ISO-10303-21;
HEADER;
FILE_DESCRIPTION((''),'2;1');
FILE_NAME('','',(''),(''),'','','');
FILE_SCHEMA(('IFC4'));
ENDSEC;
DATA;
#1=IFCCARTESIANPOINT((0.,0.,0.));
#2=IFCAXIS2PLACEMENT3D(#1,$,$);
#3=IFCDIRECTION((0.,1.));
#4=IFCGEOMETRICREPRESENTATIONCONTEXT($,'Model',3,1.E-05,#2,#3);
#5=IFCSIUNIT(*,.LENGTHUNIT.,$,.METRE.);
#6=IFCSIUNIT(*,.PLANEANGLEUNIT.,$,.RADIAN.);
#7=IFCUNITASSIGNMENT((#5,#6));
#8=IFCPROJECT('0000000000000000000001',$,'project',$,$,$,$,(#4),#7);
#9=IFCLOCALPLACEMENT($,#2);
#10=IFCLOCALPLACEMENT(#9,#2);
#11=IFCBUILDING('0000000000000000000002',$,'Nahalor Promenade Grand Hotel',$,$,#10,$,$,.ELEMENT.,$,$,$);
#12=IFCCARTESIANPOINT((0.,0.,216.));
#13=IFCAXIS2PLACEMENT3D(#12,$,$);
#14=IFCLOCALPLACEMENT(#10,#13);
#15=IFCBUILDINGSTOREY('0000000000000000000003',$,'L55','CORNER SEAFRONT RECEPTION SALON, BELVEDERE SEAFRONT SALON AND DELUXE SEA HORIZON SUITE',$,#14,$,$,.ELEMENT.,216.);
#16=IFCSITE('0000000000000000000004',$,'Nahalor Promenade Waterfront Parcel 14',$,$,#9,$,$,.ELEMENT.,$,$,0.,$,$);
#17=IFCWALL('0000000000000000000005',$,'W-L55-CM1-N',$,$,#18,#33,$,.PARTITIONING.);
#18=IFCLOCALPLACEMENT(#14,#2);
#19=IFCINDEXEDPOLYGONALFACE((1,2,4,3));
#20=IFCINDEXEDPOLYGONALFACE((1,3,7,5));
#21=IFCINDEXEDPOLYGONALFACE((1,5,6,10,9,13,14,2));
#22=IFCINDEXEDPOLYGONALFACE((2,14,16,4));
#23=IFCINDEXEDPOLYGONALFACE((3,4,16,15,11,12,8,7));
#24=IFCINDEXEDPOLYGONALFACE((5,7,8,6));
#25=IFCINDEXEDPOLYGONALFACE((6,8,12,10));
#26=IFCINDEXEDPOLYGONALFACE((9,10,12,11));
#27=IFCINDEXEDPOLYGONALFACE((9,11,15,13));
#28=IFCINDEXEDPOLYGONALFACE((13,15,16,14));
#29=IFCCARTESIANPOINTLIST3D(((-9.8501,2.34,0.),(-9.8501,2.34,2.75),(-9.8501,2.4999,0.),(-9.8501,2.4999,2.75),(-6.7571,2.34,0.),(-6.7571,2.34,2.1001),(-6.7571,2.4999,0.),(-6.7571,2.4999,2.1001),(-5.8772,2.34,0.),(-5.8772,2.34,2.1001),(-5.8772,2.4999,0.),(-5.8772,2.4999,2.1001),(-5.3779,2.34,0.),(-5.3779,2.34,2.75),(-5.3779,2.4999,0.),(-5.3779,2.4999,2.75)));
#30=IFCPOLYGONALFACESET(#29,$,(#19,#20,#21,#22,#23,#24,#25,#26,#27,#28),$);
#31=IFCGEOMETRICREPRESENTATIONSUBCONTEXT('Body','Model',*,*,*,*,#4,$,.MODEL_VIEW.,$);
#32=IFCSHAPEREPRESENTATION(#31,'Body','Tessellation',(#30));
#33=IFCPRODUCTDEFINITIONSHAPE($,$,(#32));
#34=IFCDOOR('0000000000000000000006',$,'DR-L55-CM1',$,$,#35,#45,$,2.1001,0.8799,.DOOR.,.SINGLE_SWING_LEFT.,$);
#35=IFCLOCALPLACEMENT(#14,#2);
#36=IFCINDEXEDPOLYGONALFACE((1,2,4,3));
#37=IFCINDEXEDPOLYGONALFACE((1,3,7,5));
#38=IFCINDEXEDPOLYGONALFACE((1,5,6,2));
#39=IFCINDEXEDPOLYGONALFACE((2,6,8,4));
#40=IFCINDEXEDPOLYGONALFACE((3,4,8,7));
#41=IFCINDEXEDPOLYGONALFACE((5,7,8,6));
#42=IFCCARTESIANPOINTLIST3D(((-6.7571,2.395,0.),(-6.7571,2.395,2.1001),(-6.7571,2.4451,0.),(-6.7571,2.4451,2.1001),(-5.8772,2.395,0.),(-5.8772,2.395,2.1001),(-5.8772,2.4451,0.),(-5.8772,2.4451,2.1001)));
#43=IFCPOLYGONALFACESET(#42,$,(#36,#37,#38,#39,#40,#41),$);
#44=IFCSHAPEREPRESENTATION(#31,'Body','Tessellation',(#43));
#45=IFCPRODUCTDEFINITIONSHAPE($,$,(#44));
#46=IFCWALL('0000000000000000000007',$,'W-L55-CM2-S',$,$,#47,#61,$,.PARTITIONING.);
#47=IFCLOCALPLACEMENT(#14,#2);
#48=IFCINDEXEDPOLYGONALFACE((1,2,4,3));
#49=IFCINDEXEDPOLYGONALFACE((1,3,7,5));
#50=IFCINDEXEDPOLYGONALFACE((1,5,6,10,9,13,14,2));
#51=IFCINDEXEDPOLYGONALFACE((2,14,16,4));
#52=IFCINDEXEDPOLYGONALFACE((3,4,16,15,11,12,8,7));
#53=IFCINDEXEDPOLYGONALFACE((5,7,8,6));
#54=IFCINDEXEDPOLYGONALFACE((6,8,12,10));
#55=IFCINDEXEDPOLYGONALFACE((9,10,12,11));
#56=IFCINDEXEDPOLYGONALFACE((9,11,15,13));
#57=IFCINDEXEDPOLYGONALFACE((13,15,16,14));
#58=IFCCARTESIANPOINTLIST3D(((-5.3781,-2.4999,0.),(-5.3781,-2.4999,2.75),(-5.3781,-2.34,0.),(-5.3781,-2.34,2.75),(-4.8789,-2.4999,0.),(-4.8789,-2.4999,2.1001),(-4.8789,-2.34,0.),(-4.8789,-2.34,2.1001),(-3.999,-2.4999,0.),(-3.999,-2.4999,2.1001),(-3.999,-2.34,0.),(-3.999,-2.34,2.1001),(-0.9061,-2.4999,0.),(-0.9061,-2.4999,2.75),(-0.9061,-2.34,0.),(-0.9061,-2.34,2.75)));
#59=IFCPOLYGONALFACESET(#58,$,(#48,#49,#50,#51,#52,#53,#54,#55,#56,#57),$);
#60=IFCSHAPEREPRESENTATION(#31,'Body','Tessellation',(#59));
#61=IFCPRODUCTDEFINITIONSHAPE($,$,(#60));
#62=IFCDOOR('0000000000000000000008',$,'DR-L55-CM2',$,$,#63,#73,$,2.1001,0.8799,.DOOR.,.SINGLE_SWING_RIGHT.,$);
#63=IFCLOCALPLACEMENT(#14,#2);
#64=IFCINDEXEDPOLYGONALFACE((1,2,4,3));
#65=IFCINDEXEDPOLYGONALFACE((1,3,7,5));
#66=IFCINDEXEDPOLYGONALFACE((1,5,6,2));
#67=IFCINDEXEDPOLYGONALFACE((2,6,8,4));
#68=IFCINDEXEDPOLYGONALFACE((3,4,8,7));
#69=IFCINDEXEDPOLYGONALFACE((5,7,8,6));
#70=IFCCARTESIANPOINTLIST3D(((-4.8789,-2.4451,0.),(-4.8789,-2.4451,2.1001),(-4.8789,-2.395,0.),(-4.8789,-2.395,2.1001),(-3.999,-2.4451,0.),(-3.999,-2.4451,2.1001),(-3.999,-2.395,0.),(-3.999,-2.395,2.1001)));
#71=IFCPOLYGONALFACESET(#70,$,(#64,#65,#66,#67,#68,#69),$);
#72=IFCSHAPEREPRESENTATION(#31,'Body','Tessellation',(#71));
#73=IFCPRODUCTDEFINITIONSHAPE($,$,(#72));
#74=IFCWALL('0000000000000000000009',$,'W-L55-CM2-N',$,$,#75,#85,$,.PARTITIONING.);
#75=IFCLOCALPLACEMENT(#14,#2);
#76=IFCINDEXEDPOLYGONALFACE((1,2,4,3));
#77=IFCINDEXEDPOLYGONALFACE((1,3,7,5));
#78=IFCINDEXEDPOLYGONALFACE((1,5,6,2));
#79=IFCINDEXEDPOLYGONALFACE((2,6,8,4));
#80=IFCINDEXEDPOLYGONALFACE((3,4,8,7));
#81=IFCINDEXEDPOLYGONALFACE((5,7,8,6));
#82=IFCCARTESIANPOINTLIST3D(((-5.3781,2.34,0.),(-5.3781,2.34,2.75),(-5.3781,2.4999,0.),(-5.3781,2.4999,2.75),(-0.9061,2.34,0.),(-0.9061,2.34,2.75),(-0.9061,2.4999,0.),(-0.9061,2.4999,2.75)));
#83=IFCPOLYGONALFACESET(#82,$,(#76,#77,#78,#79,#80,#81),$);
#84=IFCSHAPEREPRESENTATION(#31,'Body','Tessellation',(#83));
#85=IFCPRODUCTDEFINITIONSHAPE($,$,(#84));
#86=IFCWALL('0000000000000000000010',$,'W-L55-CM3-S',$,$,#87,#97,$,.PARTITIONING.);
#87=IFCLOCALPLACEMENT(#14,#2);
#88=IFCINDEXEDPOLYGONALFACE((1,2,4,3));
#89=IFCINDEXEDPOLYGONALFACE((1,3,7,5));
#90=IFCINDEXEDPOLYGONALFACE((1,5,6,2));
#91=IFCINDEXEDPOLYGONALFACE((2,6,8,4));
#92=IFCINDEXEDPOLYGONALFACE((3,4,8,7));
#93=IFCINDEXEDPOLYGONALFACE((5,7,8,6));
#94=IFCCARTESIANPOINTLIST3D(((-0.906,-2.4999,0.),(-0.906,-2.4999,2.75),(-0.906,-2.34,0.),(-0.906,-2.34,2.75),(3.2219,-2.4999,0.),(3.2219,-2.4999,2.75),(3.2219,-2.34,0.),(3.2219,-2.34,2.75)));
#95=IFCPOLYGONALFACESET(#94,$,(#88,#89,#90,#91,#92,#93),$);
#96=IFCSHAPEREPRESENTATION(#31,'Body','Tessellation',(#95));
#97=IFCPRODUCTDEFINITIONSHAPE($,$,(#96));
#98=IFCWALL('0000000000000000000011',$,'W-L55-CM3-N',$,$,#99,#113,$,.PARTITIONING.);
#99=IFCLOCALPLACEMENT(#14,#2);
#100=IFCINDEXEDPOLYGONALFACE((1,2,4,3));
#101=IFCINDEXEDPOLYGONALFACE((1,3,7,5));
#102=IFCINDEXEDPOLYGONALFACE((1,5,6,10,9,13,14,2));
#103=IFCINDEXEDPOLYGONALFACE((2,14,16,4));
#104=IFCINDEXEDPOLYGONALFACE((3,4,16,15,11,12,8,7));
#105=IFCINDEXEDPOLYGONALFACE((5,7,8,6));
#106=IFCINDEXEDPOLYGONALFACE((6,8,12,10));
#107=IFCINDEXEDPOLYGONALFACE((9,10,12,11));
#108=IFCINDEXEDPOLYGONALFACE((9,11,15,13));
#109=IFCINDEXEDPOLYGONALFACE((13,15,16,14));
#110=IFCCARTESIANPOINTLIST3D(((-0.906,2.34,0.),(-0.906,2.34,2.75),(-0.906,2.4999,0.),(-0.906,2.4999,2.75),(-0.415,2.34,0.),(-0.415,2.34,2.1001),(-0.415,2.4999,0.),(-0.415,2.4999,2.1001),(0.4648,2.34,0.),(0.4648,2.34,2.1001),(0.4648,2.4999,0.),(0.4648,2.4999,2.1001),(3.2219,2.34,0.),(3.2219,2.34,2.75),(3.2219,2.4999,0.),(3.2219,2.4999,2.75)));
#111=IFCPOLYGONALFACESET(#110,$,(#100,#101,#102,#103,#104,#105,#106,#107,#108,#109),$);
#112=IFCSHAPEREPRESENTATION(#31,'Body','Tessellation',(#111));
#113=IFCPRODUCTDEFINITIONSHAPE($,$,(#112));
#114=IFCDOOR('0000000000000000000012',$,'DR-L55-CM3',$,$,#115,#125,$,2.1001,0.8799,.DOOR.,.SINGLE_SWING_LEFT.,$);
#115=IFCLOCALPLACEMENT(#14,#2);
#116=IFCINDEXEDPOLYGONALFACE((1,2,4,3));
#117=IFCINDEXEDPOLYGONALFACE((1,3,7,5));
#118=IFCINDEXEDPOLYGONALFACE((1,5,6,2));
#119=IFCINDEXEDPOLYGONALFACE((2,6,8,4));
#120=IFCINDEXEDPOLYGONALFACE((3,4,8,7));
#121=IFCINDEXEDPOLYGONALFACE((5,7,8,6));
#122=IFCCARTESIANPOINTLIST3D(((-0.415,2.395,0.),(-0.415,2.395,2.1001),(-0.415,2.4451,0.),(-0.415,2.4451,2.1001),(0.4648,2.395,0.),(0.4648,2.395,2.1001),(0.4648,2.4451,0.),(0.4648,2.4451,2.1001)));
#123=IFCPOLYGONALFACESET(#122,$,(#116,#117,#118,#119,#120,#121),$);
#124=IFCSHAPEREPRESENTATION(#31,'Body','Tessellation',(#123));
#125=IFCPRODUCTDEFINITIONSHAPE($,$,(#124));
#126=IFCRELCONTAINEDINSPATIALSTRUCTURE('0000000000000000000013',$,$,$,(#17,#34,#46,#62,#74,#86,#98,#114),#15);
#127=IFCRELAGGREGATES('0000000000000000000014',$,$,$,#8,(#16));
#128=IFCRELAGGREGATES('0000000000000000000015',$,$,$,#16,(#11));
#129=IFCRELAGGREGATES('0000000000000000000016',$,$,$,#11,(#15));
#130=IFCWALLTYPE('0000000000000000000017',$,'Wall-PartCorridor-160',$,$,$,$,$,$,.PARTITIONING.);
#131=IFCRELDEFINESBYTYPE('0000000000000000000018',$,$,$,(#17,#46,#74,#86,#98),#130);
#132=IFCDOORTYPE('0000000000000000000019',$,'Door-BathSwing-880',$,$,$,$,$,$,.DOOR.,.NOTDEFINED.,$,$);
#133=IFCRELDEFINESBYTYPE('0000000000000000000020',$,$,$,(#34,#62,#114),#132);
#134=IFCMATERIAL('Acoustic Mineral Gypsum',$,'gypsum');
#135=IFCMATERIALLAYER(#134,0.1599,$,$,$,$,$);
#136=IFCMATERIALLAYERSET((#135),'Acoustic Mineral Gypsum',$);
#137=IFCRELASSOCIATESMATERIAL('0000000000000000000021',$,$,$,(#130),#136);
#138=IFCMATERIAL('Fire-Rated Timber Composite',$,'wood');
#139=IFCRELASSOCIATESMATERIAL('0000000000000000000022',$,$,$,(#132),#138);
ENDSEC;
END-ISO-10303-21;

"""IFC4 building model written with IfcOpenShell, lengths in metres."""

from ifc_helpers import new_model, si_unit, direction, frame, frame_2d, origin, place, context, subcontext, project, spatial, rectangle, extrude, source, transform, mapped, material, layer, layer_set, type_object, element, fill, save


model = new_model("IFC4")

# Units and contexts
model_context = context("Model", 3, precision=1e-05, world=origin(), true_north=direction((0.0, 1.0)))
body_context = subcontext(model_context, "Body", "Model", "MODEL_VIEW")
ifc_project = project(units=[si_unit("LENGTHUNIT", "METRE"), si_unit("PLANEANGLEUNIT", "RADIAN")], contexts=[model_context])

# Site, building, storey
site_placement = place(None, origin())
site = spatial("IfcSite", under=ifc_project, at=site_placement, Name="Nahalor Promenade Waterfront Parcel 14", CompositionType="ELEMENT", RefElevation=0.0)
building_placement = place(site_placement, origin())
building = spatial("IfcBuilding", under=site, at=building_placement, Name="Nahalor Promenade Grand Hotel", CompositionType="ELEMENT")
storey_placement = place(building_placement, frame((0.0, 0.0, 216.0)))
storey = spatial("IfcBuildingStorey", under=building, at=storey_placement, Name="L55", Description="CORNER SEAFRONT RECEPTION SALON, BELVEDERE SEAFRONT SALON AND DELUXE SEA HORIZON SUITE", CompositionType="ELEMENT", Elevation=216.0)

# Shared definitions
ifc_material_1 = material(Name="Acoustic Mineral Gypsum", Category="gypsum")
ifc_layer_1 = layer(ifc_material_1, 0.1599)
ifc_layer_set_1 = layer_set([ifc_layer_1], Name="Acoustic Mineral Gypsum")
wall_type_1 = type_object("IfcWallType", Name="Wall-PartCorridor-160", PredefinedType="PARTITIONING", material=ifc_layer_set_1)

# Shared definitions
ifc_material_2 = material(Name="Fire-Rated Timber Composite", Category="wood")

# Shared definitions
shared_shape_1 = source(origin(), body_context, "Body", "SweptSolid", [
    extrude(rectangle(XDim=4.4722, YDim=0.1599, at=frame_2d((2.2361, 0.0))), origin(), (0.0, 0.0, 1.0), 2.75),
])

# Walls, openings, doors
wall_1_placement = place(storey_placement, frame((-9.8501, 2.4199, 0.0), z_axis=(0.0, 0.0, 1.0), x_axis=(1.0, 0.0, 0.0)))
wall_1 = element("IfcWall", 1, at=wall_1_placement, inside=storey, type_object=wall_type_1, Name="W-L55-CM1-N", PredefinedType="PARTITIONING", context=body_context, shape_type="MappedRepresentation", body=[
    mapped(shared_shape_1, transform((0.0, 0.0, 0.0), scale=1.0)),
])
opening_1_placement = place(wall_1_placement, frame((3.093, 0.0, 0.0)))
opening_1 = element("IfcOpeningElement", 2, at=opening_1_placement, cuts=wall_1, PredefinedType="OPENING", context=body_context, shape_type="SweptSolid", body=[
    extrude(rectangle(XDim=0.8799, YDim=2.1001, at=frame_2d((0.4399, 1.05))), frame((0.0, 0.0898, 0.0), z_axis=(0.0, -1.0, 0.0), x_axis=(1.0, 0.0, 0.0)), (0.0, 0.0, 1.0), 0.1799),
])
door_type_1 = type_object("IfcDoorType", Name="Door-BathSwing-880", OperationType="NOTDEFINED", PredefinedType="DOOR", material=ifc_material_2)
shared_shape_2 = source(origin(), body_context, "Body", "SweptSolid", [
    extrude(rectangle(XDim=0.8799, YDim=2.1001, at=frame_2d((0.4399, 1.05))), frame((0.0, 0.0249, 0.0), z_axis=(0.0, -1.0, 0.0), x_axis=(1.0, 0.0, 0.0)), (0.0, 0.0, 1.0), 0.05),
])
door_1_placement = place(opening_1_placement, frame((0.8799, 0.0, 0.0), z_axis=(0.0, 0.0, 1.0), x_axis=(-1.0, 0.0, 0.0)))
door_1 = element("IfcDoor", 3, at=door_1_placement, inside=storey, type_object=door_type_1, Name="DR-L55-CM1", OperationType="SINGLE_SWING_LEFT", OverallHeight=2.1001, OverallWidth=0.8799, PredefinedType="DOOR", context=body_context, shape_type="MappedRepresentation", body=[
    mapped(shared_shape_2, transform((0.0, 0.0, 0.0), scale=1.0)),
])
fill(opening_1, door_1)
shared_shape_3 = source(origin(), body_context, "Body", "SweptSolid", [
    extrude(rectangle(XDim=4.4719, YDim=0.1599, at=frame_2d((2.2358, 0.0))), origin(), (0.0, 0.0, 1.0), 2.75),
])
wall_2_placement = place(storey_placement, frame((-5.3779, -2.4199, 0.0), z_axis=(0.0, 0.0, 1.0), x_axis=(1.0, 0.0, 0.0)))
wall_2 = element("IfcWall", 4, at=wall_2_placement, inside=storey, type_object=wall_type_1, Name="W-L55-CM2-S", PredefinedType="PARTITIONING", context=body_context, shape_type="MappedRepresentation", body=[
    mapped(shared_shape_3, transform((0.0, 0.0, 0.0), scale=1.0)),
])
opening_2_placement = place(wall_2_placement, frame((0.499, 0.0, 0.0)))
opening_2 = element("IfcOpeningElement", 5, at=opening_2_placement, cuts=wall_2, PredefinedType="OPENING", context=body_context, shape_type="SweptSolid", body=[
    extrude(rectangle(XDim=0.8799, YDim=2.1001, at=frame_2d((0.4399, 1.05))), frame((0.0, 0.0898, 0.0), z_axis=(0.0, -1.0, 0.0), x_axis=(1.0, 0.0, 0.0)), (0.0, 0.0, 1.0), 0.1799),
])
door_2_placement = place(opening_2_placement, origin())
door_2 = element("IfcDoor", 6, at=door_2_placement, inside=storey, type_object=door_type_1, Name="DR-L55-CM2", OperationType="SINGLE_SWING_RIGHT", OverallHeight=2.1001, OverallWidth=0.8799, PredefinedType="DOOR", context=body_context, shape_type="MappedRepresentation", body=[
    mapped(shared_shape_2, transform((0.0, 0.0, 0.0), scale=1.0)),
])
fill(opening_2, door_2)

# Walls
wall_3_placement = place(storey_placement, frame((-5.3779, 2.4199, 0.0), z_axis=(0.0, 0.0, 1.0), x_axis=(1.0, 0.0, 0.0)))
element("IfcWall", 7, at=wall_3_placement, inside=storey, type_object=wall_type_1, Name="W-L55-CM2-N", PredefinedType="PARTITIONING", context=body_context, shape_type="MappedRepresentation", body=[
    mapped(shared_shape_3, transform((0.0, 0.0, 0.0), scale=1.0)),
])
shared_shape_4 = source(origin(), body_context, "Body", "SweptSolid", [
    extrude(rectangle(XDim=4.1279, YDim=0.1599, at=frame_2d((2.064, 0.0))), origin(), (0.0, 0.0, 1.0), 2.75),
])
wall_4_placement = place(storey_placement, frame((-0.906, -2.4199, 0.0), z_axis=(0.0, 0.0, 1.0), x_axis=(1.0, 0.0, 0.0)))
element("IfcWall", 8, at=wall_4_placement, inside=storey, type_object=wall_type_1, Name="W-L55-CM3-S", PredefinedType="PARTITIONING", context=body_context, shape_type="MappedRepresentation", body=[
    mapped(shared_shape_4, transform((0.0, 0.0, 0.0), scale=1.0)),
])

# Wall, opening, door
wall_5_placement = place(storey_placement, frame((-0.906, 2.4199, 0.0), z_axis=(0.0, 0.0, 1.0), x_axis=(1.0, 0.0, 0.0)))
wall_5 = element("IfcWall", 9, at=wall_5_placement, inside=storey, type_object=wall_type_1, Name="W-L55-CM3-N", PredefinedType="PARTITIONING", context=body_context, shape_type="MappedRepresentation", body=[
    mapped(shared_shape_4, transform((0.0, 0.0, 0.0), scale=1.0)),
])
opening_3_placement = place(wall_5_placement, frame((0.491, 0.0, 0.0)))
opening_3 = element("IfcOpeningElement", 10, at=opening_3_placement, cuts=wall_5, PredefinedType="OPENING", context=body_context, shape_type="SweptSolid", body=[
    extrude(rectangle(XDim=0.8799, YDim=2.1001, at=frame_2d((0.4399, 1.05))), frame((0.0, 0.0898, 0.0), z_axis=(0.0, -1.0, 0.0), x_axis=(1.0, 0.0, 0.0)), (0.0, 0.0, 1.0), 0.1799),
])
door_3_placement = place(opening_3_placement, frame((0.8799, 0.0, 0.0), z_axis=(0.0, 0.0, 1.0), x_axis=(-1.0, 0.0, 0.0)))
door_3 = element("IfcDoor", 11, at=door_3_placement, inside=storey, type_object=door_type_1, Name="DR-L55-CM3", OperationType="SINGLE_SWING_LEFT", OverallHeight=2.1001, OverallWidth=0.8799, PredefinedType="DOOR", context=body_context, shape_type="MappedRepresentation", body=[
    mapped(shared_shape_2, transform((0.0, 0.0, 0.0), scale=1.0)),
])
fill(opening_3, door_3)

save(model, "model.ifc")
